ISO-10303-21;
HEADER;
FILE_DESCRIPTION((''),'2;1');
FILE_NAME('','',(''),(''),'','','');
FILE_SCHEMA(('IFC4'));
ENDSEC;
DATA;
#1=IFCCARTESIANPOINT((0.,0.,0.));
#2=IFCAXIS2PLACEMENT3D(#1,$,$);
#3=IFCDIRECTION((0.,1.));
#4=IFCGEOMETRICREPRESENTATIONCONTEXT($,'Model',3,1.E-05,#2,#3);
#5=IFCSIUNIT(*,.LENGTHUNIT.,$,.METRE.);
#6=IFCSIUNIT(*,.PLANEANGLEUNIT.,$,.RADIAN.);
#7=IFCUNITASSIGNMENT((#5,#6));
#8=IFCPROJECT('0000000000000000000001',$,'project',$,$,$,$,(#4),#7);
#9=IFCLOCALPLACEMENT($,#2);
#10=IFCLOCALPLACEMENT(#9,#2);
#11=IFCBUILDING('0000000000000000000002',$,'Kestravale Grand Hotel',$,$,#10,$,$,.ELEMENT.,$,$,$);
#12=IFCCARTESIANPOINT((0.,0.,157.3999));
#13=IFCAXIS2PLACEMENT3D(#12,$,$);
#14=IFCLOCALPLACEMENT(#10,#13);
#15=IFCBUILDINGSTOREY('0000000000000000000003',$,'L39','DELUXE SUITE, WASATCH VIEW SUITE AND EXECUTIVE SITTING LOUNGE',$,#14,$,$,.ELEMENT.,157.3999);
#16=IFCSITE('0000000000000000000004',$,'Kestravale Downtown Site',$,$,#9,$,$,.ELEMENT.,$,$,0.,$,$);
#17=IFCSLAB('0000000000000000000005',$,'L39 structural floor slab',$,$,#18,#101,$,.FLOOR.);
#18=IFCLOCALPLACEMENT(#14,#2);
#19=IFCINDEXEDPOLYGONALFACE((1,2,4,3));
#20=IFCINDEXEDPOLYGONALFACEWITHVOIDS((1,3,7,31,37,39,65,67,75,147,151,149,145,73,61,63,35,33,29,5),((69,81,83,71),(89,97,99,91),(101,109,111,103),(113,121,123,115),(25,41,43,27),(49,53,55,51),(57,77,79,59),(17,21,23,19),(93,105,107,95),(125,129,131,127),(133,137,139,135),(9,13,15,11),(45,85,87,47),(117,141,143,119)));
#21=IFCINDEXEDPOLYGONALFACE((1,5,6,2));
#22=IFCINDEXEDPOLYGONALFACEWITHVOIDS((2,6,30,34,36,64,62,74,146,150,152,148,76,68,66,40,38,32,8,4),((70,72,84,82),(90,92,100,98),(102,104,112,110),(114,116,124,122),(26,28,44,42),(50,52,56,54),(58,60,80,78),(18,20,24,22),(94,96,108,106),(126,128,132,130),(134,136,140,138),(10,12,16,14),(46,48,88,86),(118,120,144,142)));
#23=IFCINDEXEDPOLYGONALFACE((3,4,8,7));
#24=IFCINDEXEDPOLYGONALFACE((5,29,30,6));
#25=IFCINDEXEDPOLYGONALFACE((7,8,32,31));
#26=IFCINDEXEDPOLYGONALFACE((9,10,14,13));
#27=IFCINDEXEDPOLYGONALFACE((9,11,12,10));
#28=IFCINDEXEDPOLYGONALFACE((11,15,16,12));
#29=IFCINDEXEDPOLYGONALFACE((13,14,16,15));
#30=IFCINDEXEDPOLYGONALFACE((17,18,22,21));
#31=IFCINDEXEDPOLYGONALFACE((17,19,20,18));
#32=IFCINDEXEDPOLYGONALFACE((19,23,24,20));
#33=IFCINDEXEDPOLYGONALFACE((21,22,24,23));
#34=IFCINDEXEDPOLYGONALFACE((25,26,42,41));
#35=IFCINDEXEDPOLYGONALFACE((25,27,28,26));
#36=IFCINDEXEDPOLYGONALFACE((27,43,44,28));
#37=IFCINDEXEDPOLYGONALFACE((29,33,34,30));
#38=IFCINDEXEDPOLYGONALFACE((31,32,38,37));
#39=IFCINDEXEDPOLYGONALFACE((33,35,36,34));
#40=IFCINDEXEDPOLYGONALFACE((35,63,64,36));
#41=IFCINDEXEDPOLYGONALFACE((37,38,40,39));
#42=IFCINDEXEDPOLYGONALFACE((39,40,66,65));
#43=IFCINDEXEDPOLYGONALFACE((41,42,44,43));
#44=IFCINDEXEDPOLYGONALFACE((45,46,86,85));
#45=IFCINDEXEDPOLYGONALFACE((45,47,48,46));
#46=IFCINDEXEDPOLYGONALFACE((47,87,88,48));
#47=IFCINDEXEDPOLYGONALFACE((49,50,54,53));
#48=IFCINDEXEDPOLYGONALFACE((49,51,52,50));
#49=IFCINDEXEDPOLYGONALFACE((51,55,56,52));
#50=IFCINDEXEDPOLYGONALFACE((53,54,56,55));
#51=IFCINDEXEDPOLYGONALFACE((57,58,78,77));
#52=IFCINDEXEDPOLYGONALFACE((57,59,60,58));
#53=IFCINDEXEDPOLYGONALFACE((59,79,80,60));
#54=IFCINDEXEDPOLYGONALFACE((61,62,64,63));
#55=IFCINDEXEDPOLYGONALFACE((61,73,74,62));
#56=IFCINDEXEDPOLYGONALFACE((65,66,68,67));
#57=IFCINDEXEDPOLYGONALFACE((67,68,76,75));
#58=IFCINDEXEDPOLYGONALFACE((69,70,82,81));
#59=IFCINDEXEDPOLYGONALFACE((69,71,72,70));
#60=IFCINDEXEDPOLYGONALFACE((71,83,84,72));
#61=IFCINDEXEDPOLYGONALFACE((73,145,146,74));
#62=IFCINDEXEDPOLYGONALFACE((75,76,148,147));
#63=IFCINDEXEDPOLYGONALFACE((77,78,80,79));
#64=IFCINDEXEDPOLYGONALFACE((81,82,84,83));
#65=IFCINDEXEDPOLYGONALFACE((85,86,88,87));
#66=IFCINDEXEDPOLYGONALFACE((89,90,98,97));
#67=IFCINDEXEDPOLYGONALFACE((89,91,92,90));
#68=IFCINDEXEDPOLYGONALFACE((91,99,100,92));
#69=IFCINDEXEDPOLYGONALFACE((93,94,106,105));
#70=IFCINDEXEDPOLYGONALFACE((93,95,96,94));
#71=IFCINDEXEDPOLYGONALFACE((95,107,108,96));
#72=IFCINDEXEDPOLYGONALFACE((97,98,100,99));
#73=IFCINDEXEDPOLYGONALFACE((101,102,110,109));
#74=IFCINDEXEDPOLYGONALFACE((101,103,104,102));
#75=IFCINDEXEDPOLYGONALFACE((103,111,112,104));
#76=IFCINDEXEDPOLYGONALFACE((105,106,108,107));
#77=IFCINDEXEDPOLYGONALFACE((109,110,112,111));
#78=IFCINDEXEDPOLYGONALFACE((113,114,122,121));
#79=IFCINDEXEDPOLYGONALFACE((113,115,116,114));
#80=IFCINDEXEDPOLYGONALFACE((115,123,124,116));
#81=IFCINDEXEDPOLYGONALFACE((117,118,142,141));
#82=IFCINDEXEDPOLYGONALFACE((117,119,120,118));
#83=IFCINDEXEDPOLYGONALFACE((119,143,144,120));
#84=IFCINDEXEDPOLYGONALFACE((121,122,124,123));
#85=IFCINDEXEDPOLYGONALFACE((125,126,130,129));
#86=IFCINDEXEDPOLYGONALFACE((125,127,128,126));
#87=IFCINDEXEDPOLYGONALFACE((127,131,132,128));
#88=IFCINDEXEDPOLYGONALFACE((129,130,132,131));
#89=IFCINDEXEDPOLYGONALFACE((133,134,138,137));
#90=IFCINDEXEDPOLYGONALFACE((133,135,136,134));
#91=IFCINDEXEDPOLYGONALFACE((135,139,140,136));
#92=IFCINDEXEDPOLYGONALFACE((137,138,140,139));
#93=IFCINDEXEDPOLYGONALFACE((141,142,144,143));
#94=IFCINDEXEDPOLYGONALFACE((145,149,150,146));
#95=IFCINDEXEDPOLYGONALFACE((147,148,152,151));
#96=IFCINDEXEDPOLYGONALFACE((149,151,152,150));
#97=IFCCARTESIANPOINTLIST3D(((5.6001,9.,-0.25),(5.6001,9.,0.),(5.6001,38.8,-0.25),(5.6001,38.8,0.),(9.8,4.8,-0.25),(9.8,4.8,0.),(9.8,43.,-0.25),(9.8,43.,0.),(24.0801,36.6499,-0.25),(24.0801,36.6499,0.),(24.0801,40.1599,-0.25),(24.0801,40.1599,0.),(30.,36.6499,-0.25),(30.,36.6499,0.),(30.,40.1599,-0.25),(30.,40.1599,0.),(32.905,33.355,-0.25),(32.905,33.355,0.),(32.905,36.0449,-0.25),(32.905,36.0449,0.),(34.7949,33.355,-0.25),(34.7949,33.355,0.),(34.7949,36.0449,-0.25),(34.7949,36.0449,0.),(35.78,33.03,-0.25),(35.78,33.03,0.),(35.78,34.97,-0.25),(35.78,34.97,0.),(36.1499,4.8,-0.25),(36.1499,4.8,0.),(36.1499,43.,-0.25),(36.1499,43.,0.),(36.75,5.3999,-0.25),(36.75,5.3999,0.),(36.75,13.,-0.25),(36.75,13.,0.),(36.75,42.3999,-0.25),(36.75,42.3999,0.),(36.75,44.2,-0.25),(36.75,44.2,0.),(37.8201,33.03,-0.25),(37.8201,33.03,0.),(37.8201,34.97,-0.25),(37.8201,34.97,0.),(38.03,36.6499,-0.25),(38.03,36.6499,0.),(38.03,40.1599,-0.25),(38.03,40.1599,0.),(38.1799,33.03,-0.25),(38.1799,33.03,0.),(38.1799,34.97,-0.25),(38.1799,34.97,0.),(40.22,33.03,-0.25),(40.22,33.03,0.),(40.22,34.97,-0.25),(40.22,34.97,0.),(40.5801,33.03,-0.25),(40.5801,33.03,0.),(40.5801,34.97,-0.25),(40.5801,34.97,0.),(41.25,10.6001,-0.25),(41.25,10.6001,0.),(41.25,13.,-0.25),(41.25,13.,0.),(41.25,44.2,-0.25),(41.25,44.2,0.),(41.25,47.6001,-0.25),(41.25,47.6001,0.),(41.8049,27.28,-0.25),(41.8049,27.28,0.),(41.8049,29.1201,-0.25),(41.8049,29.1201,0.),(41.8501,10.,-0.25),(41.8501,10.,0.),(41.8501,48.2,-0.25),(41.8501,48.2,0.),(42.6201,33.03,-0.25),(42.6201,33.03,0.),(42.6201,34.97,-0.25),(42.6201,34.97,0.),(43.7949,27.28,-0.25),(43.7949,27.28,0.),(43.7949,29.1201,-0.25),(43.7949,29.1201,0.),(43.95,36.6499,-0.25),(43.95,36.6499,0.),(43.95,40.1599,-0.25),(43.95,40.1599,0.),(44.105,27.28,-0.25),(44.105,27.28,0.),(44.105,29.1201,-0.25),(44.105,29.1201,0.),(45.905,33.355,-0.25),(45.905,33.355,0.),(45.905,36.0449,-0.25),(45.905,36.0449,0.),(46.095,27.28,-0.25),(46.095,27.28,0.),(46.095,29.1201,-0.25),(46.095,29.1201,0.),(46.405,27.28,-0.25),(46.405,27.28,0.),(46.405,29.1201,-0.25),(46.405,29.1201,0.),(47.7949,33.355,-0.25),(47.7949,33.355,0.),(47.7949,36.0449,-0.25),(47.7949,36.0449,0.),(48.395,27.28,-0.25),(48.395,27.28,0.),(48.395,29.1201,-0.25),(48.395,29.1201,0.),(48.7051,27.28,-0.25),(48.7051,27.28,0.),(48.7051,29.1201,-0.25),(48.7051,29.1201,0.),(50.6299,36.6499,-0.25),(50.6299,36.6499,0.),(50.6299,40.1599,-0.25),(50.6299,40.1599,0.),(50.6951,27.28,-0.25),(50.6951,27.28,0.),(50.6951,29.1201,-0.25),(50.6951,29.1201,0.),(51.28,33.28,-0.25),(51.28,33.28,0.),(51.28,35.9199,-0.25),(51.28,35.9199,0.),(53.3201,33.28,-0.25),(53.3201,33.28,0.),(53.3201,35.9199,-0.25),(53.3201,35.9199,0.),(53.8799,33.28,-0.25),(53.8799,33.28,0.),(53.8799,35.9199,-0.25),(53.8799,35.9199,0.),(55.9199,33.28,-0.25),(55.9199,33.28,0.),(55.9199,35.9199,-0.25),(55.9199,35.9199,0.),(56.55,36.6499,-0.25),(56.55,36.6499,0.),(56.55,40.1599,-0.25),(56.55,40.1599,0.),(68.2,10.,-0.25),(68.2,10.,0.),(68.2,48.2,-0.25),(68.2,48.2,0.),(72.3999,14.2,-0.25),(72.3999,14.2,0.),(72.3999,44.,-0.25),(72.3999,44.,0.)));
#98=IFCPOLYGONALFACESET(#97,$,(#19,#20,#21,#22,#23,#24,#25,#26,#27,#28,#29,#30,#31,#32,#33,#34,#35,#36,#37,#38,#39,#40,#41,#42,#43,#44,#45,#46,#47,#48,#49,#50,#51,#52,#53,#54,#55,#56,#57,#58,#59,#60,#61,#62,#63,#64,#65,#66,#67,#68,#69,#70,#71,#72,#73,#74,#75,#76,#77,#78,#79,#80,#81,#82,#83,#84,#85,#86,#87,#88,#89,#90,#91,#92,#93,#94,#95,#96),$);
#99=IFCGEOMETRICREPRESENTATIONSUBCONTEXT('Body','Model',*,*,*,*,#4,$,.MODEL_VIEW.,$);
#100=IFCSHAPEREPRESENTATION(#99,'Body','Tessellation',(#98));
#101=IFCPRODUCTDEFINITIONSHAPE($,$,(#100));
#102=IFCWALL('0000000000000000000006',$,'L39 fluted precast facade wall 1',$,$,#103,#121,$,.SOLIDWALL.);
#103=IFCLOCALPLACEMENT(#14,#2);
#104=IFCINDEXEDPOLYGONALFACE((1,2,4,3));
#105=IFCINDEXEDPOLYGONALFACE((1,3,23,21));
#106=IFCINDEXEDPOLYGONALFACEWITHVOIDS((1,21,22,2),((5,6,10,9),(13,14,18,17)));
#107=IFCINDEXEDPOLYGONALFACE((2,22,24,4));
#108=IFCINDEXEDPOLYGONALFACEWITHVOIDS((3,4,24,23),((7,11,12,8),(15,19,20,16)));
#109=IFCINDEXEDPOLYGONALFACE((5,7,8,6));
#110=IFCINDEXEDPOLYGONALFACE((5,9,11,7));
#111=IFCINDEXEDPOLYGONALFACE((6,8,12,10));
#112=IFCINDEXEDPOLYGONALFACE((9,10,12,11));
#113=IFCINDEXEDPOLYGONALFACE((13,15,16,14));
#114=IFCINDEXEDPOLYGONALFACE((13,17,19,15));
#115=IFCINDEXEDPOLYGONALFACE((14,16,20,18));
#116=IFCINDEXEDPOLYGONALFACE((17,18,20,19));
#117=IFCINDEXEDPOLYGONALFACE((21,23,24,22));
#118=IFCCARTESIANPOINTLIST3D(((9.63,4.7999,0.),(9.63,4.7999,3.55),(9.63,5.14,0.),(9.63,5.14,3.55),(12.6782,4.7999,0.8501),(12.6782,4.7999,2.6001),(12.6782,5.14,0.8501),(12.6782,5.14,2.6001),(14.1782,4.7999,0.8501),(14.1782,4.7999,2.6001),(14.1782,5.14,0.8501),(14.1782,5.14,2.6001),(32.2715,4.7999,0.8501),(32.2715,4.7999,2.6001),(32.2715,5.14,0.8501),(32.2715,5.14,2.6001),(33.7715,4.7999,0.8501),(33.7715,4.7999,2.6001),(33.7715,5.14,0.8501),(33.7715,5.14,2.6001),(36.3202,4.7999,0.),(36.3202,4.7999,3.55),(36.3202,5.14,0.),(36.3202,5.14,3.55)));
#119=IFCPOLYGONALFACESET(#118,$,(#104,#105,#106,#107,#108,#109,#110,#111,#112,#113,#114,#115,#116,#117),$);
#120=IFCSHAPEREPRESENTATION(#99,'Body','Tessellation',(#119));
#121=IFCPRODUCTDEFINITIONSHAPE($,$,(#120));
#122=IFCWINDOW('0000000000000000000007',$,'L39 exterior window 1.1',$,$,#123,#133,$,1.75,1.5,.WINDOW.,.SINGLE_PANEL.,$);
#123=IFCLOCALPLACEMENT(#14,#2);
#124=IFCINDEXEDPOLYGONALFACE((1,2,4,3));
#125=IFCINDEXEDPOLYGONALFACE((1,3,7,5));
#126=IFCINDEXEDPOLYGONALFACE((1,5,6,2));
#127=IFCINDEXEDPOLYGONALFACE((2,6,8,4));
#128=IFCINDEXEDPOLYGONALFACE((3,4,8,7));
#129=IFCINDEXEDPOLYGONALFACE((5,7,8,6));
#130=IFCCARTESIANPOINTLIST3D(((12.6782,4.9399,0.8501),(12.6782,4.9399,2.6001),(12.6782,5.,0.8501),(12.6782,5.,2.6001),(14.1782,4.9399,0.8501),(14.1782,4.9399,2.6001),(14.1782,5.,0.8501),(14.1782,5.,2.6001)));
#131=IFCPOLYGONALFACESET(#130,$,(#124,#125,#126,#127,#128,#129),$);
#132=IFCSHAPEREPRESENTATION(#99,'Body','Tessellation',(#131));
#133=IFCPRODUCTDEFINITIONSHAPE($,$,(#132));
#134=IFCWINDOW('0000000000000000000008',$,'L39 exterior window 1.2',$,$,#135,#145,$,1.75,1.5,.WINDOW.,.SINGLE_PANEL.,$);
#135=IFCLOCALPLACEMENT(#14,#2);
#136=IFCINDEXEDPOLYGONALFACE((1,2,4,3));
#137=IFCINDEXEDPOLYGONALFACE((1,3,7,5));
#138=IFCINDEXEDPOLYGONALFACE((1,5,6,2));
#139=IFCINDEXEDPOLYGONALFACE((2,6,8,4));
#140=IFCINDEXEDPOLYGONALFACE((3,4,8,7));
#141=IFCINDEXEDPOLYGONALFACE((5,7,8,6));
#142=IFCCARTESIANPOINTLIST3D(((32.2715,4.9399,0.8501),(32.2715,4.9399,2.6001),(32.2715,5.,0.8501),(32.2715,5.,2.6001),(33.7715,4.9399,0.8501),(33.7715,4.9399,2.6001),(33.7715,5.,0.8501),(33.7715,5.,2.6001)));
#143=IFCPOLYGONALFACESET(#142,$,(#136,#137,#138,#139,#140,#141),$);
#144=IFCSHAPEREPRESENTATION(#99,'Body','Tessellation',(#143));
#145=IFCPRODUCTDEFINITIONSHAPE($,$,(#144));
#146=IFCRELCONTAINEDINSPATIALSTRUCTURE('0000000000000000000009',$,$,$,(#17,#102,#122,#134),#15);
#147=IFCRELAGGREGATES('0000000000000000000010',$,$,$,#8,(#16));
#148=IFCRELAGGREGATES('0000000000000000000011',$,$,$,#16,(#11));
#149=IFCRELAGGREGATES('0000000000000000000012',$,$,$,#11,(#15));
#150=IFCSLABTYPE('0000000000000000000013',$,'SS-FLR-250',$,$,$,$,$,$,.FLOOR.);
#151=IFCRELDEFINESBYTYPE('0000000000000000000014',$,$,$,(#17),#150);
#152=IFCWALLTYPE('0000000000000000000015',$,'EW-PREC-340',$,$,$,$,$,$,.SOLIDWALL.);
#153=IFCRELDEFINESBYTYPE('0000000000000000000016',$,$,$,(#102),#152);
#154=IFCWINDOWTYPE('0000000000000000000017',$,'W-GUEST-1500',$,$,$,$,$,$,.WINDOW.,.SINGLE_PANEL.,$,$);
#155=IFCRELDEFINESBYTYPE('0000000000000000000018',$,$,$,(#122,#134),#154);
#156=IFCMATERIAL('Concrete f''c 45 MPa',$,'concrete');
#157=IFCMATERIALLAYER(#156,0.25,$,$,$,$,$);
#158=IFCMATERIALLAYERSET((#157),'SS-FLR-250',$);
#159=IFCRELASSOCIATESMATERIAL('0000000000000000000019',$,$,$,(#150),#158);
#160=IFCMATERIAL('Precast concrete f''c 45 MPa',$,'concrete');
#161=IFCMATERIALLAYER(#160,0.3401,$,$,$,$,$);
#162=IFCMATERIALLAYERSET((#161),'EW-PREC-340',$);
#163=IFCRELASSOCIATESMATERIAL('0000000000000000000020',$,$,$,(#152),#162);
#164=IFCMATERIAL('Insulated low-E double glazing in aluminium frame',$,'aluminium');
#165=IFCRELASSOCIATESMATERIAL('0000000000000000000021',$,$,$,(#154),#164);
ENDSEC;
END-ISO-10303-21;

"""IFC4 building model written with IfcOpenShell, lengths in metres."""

from ifc_helpers import new_model, si_unit, direction, frame, frame_2d, origin, place, context, subcontext, project, spatial, polyline, rectangle, outline, extrude, material, layer, layer_set, type_object, element, fill, save


model = new_model("IFC4")

# Units and contexts
model_context = context("Model", 3, precision=1e-05, world=origin(), true_north=direction((0.0, 1.0)))
body_context = subcontext(model_context, "Body", "Model", "MODEL_VIEW")
ifc_project = project(units=[si_unit("LENGTHUNIT", "METRE"), si_unit("PLANEANGLEUNIT", "RADIAN")], contexts=[model_context])

# Site, building, storey
site_placement = place(None, origin())
site = spatial("IfcSite", under=ifc_project, at=site_placement, Name="Kestravale Downtown Site", CompositionType="ELEMENT", RefElevation=0.0)
building_placement = place(site_placement, origin())
building = spatial("IfcBuilding", under=site, at=building_placement, Name="Kestravale Grand Hotel", CompositionType="ELEMENT")
storey_placement = place(building_placement, frame((0.0, 0.0, 157.3999)))
storey = spatial("IfcBuildingStorey", under=building, at=storey_placement, Name="L39", Description="DELUXE SUITE, WASATCH VIEW SUITE AND EXECUTIVE SITTING LOUNGE", CompositionType="ELEMENT", Elevation=157.3999)

# Slab
ifc_material_1 = material(Name="Concrete f'c 45 MPa", Category="concrete")
ifc_layer_1 = layer(ifc_material_1, 0.25)
ifc_layer_set_1 = layer_set([ifc_layer_1], Name="SS-FLR-250")
slab_type_1 = type_object("IfcSlabType", Name="SS-FLR-250", PredefinedType="FLOOR", material=ifc_layer_set_1)
slab_1_placement = place(storey_placement, frame((0.0, 0.0, -0.25)))
element("IfcSlab", 1, at=slab_1_placement, inside=storey, type_object=slab_type_1, Name="L39 structural floor slab", PredefinedType="FLOOR", context=body_context, shape_type="SweptSolid", body=[
    extrude(outline(polyline([(9.8, 4.8), (36.1499, 4.8), (36.75, 5.3999), (36.75, 13.0), (41.25, 13.0), (41.25, 10.6001), (41.8501, 10.0), (68.2, 10.0), (72.3999, 14.2), (72.3999, 44.0), (68.2, 48.2), (41.8501, 48.2), (41.25, 47.6001), (41.25, 44.2), (36.75, 44.2), (36.75, 42.3999), (36.1499, 43.0), (9.8, 43.0), (5.6001, 38.8), (5.6001, 9.0), (9.8, 4.8)]), holes=[polyline([(24.0801, 36.6499), (30.0, 36.6499), (30.0, 40.1599), (24.0801, 40.1599), (24.0801, 36.6499)]), polyline([(38.03, 36.6499), (43.95, 36.6499), (43.95, 40.1599), (38.03, 40.1599), (38.03, 36.6499)]), polyline([(50.6299, 36.6499), (56.55, 36.6499), (56.55, 40.1599), (50.6299, 40.1599), (50.6299, 36.6499)]), polyline([(41.8049, 27.28), (43.7949, 27.28), (43.7949, 29.1201), (41.8049, 29.1201), (41.8049, 27.28)]), polyline([(44.105, 27.28), (46.095, 27.28), (46.095, 29.1201), (44.105, 29.1201), (44.105, 27.28)]), polyline([(46.405, 27.28), (48.395, 27.28), (48.395, 29.1201), (46.405, 29.1201), (46.405, 27.28)]), polyline([(48.7051, 27.28), (50.6951, 27.28), (50.6951, 29.1201), (48.7051, 29.1201), (48.7051, 27.28)]), polyline([(35.78, 33.03), (37.8201, 33.03), (37.8201, 34.97), (35.78, 34.97), (35.78, 33.03)]), polyline([(38.1799, 33.03), (40.22, 33.03), (40.22, 34.97), (38.1799, 34.97), (38.1799, 33.03)]), polyline([(40.5801, 33.03), (42.6201, 33.03), (42.6201, 34.97), (40.5801, 34.97), (40.5801, 33.03)]), polyline([(32.905, 33.355), (34.7949, 33.355), (34.7949, 36.0449), (32.905, 36.0449), (32.905, 33.355)]), polyline([(45.905, 33.355), (47.7949, 33.355), (47.7949, 36.0449), (45.905, 36.0449), (45.905, 33.355)]), polyline([(51.28, 33.28), (53.3201, 33.28), (53.3201, 35.9199), (51.28, 35.9199), (51.28, 33.28)]), polyline([(53.8799, 33.28), (55.9199, 33.28), (55.9199, 35.9199), (53.8799, 35.9199), (53.8799, 33.28)])]), origin(), (0.0, 0.0, 1.0), 0.25),
])

# Wall, openings, windows
ifc_material_2 = material(Name="Precast concrete f'c 45 MPa", Category="concrete")
ifc_layer_2 = layer(ifc_material_2, 0.3401)
ifc_layer_set_2 = layer_set([ifc_layer_2], Name="EW-PREC-340")
wall_type_1 = type_object("IfcWallType", Name="EW-PREC-340", PredefinedType="SOLIDWALL", material=ifc_layer_set_2)
wall_1_placement = place(storey_placement, frame((9.6299, 4.97, 0.0), z_axis=(0.0, 0.0, 1.0), x_axis=(1.0, 0.0, 0.0)))
wall_1 = element("IfcWall", 2, at=wall_1_placement, inside=storey, type_object=wall_type_1, Name="L39 fluted precast facade wall 1", PredefinedType="SOLIDWALL", context=body_context, shape_type="SweptSolid", body=[
    extrude(rectangle(XDim=26.6902, YDim=0.3401, at=frame_2d((13.3452, 0.0))), origin(), (0.0, 0.0, 1.0), 3.55),
])
opening_1_placement = place(wall_1_placement, frame((3.0483, 0.0, 0.8501)))
opening_1 = element("IfcOpeningElement", 3, at=opening_1_placement, cuts=wall_1, PredefinedType="OPENING", context=body_context, shape_type="SweptSolid", body=[
    extrude(rectangle(XDim=1.5, YDim=1.75, at=frame_2d((0.75, 0.875))), frame((0.0, 0.1799, 0.0), z_axis=(0.0, -1.0, 0.0), x_axis=(1.0, 0.0, 0.0)), (0.0, 0.0, 1.0), 0.3601),
])
opening_2_placement = place(wall_1_placement, frame((22.6416, 0.0, 0.8501)))
opening_2 = element("IfcOpeningElement", 4, at=opening_2_placement, cuts=wall_1, PredefinedType="OPENING", context=body_context, shape_type="SweptSolid", body=[
    extrude(rectangle(XDim=1.5, YDim=1.75, at=frame_2d((0.75, 0.875))), frame((0.0, 0.1799, 0.0), z_axis=(0.0, -1.0, 0.0), x_axis=(1.0, 0.0, 0.0)), (0.0, 0.0, 1.0), 0.3601),
])
ifc_material_3 = material(Name="Insulated low-E double glazing in aluminium frame", Category="aluminium")
window_type = type_object("IfcWindowType", Name="W-GUEST-1500", PartitioningType="SINGLE_PANEL", PredefinedType="WINDOW", material=ifc_material_3)
window_1_placement = place(opening_1_placement, origin())
window_1 = element("IfcWindow", 5, at=window_1_placement, inside=storey, type_object=window_type, Name="L39 exterior window 1.1", OverallHeight=1.75, OverallWidth=1.5, PartitioningType="SINGLE_PANEL", PredefinedType="WINDOW", context=body_context, shape_type="SweptSolid", body=[
    extrude(rectangle(XDim=1.5, YDim=1.75, at=frame_2d((0.75, 0.875))), frame((0.0, 0.03, 0.0), z_axis=(0.0, -1.0, 0.0), x_axis=(1.0, 0.0, 0.0)), (0.0, 0.0, 1.0), 0.0601),
])
fill(opening_1, window_1)
window_2_placement = place(opening_2_placement, origin())
window_2 = element("IfcWindow", 6, at=window_2_placement, inside=storey, type_object=window_type, Name="L39 exterior window 1.2", OverallHeight=1.75, OverallWidth=1.5, PartitioningType="SINGLE_PANEL", PredefinedType="WINDOW", context=body_context, shape_type="SweptSolid", body=[
    extrude(rectangle(XDim=1.5, YDim=1.75, at=frame_2d((0.75, 0.875))), frame((0.0, 0.03, 0.0), z_axis=(0.0, -1.0, 0.0), x_axis=(1.0, 0.0, 0.0)), (0.0, 0.0, 1.0), 0.0601),
])
fill(opening_2, window_2)

save(model, "model.ifc")
